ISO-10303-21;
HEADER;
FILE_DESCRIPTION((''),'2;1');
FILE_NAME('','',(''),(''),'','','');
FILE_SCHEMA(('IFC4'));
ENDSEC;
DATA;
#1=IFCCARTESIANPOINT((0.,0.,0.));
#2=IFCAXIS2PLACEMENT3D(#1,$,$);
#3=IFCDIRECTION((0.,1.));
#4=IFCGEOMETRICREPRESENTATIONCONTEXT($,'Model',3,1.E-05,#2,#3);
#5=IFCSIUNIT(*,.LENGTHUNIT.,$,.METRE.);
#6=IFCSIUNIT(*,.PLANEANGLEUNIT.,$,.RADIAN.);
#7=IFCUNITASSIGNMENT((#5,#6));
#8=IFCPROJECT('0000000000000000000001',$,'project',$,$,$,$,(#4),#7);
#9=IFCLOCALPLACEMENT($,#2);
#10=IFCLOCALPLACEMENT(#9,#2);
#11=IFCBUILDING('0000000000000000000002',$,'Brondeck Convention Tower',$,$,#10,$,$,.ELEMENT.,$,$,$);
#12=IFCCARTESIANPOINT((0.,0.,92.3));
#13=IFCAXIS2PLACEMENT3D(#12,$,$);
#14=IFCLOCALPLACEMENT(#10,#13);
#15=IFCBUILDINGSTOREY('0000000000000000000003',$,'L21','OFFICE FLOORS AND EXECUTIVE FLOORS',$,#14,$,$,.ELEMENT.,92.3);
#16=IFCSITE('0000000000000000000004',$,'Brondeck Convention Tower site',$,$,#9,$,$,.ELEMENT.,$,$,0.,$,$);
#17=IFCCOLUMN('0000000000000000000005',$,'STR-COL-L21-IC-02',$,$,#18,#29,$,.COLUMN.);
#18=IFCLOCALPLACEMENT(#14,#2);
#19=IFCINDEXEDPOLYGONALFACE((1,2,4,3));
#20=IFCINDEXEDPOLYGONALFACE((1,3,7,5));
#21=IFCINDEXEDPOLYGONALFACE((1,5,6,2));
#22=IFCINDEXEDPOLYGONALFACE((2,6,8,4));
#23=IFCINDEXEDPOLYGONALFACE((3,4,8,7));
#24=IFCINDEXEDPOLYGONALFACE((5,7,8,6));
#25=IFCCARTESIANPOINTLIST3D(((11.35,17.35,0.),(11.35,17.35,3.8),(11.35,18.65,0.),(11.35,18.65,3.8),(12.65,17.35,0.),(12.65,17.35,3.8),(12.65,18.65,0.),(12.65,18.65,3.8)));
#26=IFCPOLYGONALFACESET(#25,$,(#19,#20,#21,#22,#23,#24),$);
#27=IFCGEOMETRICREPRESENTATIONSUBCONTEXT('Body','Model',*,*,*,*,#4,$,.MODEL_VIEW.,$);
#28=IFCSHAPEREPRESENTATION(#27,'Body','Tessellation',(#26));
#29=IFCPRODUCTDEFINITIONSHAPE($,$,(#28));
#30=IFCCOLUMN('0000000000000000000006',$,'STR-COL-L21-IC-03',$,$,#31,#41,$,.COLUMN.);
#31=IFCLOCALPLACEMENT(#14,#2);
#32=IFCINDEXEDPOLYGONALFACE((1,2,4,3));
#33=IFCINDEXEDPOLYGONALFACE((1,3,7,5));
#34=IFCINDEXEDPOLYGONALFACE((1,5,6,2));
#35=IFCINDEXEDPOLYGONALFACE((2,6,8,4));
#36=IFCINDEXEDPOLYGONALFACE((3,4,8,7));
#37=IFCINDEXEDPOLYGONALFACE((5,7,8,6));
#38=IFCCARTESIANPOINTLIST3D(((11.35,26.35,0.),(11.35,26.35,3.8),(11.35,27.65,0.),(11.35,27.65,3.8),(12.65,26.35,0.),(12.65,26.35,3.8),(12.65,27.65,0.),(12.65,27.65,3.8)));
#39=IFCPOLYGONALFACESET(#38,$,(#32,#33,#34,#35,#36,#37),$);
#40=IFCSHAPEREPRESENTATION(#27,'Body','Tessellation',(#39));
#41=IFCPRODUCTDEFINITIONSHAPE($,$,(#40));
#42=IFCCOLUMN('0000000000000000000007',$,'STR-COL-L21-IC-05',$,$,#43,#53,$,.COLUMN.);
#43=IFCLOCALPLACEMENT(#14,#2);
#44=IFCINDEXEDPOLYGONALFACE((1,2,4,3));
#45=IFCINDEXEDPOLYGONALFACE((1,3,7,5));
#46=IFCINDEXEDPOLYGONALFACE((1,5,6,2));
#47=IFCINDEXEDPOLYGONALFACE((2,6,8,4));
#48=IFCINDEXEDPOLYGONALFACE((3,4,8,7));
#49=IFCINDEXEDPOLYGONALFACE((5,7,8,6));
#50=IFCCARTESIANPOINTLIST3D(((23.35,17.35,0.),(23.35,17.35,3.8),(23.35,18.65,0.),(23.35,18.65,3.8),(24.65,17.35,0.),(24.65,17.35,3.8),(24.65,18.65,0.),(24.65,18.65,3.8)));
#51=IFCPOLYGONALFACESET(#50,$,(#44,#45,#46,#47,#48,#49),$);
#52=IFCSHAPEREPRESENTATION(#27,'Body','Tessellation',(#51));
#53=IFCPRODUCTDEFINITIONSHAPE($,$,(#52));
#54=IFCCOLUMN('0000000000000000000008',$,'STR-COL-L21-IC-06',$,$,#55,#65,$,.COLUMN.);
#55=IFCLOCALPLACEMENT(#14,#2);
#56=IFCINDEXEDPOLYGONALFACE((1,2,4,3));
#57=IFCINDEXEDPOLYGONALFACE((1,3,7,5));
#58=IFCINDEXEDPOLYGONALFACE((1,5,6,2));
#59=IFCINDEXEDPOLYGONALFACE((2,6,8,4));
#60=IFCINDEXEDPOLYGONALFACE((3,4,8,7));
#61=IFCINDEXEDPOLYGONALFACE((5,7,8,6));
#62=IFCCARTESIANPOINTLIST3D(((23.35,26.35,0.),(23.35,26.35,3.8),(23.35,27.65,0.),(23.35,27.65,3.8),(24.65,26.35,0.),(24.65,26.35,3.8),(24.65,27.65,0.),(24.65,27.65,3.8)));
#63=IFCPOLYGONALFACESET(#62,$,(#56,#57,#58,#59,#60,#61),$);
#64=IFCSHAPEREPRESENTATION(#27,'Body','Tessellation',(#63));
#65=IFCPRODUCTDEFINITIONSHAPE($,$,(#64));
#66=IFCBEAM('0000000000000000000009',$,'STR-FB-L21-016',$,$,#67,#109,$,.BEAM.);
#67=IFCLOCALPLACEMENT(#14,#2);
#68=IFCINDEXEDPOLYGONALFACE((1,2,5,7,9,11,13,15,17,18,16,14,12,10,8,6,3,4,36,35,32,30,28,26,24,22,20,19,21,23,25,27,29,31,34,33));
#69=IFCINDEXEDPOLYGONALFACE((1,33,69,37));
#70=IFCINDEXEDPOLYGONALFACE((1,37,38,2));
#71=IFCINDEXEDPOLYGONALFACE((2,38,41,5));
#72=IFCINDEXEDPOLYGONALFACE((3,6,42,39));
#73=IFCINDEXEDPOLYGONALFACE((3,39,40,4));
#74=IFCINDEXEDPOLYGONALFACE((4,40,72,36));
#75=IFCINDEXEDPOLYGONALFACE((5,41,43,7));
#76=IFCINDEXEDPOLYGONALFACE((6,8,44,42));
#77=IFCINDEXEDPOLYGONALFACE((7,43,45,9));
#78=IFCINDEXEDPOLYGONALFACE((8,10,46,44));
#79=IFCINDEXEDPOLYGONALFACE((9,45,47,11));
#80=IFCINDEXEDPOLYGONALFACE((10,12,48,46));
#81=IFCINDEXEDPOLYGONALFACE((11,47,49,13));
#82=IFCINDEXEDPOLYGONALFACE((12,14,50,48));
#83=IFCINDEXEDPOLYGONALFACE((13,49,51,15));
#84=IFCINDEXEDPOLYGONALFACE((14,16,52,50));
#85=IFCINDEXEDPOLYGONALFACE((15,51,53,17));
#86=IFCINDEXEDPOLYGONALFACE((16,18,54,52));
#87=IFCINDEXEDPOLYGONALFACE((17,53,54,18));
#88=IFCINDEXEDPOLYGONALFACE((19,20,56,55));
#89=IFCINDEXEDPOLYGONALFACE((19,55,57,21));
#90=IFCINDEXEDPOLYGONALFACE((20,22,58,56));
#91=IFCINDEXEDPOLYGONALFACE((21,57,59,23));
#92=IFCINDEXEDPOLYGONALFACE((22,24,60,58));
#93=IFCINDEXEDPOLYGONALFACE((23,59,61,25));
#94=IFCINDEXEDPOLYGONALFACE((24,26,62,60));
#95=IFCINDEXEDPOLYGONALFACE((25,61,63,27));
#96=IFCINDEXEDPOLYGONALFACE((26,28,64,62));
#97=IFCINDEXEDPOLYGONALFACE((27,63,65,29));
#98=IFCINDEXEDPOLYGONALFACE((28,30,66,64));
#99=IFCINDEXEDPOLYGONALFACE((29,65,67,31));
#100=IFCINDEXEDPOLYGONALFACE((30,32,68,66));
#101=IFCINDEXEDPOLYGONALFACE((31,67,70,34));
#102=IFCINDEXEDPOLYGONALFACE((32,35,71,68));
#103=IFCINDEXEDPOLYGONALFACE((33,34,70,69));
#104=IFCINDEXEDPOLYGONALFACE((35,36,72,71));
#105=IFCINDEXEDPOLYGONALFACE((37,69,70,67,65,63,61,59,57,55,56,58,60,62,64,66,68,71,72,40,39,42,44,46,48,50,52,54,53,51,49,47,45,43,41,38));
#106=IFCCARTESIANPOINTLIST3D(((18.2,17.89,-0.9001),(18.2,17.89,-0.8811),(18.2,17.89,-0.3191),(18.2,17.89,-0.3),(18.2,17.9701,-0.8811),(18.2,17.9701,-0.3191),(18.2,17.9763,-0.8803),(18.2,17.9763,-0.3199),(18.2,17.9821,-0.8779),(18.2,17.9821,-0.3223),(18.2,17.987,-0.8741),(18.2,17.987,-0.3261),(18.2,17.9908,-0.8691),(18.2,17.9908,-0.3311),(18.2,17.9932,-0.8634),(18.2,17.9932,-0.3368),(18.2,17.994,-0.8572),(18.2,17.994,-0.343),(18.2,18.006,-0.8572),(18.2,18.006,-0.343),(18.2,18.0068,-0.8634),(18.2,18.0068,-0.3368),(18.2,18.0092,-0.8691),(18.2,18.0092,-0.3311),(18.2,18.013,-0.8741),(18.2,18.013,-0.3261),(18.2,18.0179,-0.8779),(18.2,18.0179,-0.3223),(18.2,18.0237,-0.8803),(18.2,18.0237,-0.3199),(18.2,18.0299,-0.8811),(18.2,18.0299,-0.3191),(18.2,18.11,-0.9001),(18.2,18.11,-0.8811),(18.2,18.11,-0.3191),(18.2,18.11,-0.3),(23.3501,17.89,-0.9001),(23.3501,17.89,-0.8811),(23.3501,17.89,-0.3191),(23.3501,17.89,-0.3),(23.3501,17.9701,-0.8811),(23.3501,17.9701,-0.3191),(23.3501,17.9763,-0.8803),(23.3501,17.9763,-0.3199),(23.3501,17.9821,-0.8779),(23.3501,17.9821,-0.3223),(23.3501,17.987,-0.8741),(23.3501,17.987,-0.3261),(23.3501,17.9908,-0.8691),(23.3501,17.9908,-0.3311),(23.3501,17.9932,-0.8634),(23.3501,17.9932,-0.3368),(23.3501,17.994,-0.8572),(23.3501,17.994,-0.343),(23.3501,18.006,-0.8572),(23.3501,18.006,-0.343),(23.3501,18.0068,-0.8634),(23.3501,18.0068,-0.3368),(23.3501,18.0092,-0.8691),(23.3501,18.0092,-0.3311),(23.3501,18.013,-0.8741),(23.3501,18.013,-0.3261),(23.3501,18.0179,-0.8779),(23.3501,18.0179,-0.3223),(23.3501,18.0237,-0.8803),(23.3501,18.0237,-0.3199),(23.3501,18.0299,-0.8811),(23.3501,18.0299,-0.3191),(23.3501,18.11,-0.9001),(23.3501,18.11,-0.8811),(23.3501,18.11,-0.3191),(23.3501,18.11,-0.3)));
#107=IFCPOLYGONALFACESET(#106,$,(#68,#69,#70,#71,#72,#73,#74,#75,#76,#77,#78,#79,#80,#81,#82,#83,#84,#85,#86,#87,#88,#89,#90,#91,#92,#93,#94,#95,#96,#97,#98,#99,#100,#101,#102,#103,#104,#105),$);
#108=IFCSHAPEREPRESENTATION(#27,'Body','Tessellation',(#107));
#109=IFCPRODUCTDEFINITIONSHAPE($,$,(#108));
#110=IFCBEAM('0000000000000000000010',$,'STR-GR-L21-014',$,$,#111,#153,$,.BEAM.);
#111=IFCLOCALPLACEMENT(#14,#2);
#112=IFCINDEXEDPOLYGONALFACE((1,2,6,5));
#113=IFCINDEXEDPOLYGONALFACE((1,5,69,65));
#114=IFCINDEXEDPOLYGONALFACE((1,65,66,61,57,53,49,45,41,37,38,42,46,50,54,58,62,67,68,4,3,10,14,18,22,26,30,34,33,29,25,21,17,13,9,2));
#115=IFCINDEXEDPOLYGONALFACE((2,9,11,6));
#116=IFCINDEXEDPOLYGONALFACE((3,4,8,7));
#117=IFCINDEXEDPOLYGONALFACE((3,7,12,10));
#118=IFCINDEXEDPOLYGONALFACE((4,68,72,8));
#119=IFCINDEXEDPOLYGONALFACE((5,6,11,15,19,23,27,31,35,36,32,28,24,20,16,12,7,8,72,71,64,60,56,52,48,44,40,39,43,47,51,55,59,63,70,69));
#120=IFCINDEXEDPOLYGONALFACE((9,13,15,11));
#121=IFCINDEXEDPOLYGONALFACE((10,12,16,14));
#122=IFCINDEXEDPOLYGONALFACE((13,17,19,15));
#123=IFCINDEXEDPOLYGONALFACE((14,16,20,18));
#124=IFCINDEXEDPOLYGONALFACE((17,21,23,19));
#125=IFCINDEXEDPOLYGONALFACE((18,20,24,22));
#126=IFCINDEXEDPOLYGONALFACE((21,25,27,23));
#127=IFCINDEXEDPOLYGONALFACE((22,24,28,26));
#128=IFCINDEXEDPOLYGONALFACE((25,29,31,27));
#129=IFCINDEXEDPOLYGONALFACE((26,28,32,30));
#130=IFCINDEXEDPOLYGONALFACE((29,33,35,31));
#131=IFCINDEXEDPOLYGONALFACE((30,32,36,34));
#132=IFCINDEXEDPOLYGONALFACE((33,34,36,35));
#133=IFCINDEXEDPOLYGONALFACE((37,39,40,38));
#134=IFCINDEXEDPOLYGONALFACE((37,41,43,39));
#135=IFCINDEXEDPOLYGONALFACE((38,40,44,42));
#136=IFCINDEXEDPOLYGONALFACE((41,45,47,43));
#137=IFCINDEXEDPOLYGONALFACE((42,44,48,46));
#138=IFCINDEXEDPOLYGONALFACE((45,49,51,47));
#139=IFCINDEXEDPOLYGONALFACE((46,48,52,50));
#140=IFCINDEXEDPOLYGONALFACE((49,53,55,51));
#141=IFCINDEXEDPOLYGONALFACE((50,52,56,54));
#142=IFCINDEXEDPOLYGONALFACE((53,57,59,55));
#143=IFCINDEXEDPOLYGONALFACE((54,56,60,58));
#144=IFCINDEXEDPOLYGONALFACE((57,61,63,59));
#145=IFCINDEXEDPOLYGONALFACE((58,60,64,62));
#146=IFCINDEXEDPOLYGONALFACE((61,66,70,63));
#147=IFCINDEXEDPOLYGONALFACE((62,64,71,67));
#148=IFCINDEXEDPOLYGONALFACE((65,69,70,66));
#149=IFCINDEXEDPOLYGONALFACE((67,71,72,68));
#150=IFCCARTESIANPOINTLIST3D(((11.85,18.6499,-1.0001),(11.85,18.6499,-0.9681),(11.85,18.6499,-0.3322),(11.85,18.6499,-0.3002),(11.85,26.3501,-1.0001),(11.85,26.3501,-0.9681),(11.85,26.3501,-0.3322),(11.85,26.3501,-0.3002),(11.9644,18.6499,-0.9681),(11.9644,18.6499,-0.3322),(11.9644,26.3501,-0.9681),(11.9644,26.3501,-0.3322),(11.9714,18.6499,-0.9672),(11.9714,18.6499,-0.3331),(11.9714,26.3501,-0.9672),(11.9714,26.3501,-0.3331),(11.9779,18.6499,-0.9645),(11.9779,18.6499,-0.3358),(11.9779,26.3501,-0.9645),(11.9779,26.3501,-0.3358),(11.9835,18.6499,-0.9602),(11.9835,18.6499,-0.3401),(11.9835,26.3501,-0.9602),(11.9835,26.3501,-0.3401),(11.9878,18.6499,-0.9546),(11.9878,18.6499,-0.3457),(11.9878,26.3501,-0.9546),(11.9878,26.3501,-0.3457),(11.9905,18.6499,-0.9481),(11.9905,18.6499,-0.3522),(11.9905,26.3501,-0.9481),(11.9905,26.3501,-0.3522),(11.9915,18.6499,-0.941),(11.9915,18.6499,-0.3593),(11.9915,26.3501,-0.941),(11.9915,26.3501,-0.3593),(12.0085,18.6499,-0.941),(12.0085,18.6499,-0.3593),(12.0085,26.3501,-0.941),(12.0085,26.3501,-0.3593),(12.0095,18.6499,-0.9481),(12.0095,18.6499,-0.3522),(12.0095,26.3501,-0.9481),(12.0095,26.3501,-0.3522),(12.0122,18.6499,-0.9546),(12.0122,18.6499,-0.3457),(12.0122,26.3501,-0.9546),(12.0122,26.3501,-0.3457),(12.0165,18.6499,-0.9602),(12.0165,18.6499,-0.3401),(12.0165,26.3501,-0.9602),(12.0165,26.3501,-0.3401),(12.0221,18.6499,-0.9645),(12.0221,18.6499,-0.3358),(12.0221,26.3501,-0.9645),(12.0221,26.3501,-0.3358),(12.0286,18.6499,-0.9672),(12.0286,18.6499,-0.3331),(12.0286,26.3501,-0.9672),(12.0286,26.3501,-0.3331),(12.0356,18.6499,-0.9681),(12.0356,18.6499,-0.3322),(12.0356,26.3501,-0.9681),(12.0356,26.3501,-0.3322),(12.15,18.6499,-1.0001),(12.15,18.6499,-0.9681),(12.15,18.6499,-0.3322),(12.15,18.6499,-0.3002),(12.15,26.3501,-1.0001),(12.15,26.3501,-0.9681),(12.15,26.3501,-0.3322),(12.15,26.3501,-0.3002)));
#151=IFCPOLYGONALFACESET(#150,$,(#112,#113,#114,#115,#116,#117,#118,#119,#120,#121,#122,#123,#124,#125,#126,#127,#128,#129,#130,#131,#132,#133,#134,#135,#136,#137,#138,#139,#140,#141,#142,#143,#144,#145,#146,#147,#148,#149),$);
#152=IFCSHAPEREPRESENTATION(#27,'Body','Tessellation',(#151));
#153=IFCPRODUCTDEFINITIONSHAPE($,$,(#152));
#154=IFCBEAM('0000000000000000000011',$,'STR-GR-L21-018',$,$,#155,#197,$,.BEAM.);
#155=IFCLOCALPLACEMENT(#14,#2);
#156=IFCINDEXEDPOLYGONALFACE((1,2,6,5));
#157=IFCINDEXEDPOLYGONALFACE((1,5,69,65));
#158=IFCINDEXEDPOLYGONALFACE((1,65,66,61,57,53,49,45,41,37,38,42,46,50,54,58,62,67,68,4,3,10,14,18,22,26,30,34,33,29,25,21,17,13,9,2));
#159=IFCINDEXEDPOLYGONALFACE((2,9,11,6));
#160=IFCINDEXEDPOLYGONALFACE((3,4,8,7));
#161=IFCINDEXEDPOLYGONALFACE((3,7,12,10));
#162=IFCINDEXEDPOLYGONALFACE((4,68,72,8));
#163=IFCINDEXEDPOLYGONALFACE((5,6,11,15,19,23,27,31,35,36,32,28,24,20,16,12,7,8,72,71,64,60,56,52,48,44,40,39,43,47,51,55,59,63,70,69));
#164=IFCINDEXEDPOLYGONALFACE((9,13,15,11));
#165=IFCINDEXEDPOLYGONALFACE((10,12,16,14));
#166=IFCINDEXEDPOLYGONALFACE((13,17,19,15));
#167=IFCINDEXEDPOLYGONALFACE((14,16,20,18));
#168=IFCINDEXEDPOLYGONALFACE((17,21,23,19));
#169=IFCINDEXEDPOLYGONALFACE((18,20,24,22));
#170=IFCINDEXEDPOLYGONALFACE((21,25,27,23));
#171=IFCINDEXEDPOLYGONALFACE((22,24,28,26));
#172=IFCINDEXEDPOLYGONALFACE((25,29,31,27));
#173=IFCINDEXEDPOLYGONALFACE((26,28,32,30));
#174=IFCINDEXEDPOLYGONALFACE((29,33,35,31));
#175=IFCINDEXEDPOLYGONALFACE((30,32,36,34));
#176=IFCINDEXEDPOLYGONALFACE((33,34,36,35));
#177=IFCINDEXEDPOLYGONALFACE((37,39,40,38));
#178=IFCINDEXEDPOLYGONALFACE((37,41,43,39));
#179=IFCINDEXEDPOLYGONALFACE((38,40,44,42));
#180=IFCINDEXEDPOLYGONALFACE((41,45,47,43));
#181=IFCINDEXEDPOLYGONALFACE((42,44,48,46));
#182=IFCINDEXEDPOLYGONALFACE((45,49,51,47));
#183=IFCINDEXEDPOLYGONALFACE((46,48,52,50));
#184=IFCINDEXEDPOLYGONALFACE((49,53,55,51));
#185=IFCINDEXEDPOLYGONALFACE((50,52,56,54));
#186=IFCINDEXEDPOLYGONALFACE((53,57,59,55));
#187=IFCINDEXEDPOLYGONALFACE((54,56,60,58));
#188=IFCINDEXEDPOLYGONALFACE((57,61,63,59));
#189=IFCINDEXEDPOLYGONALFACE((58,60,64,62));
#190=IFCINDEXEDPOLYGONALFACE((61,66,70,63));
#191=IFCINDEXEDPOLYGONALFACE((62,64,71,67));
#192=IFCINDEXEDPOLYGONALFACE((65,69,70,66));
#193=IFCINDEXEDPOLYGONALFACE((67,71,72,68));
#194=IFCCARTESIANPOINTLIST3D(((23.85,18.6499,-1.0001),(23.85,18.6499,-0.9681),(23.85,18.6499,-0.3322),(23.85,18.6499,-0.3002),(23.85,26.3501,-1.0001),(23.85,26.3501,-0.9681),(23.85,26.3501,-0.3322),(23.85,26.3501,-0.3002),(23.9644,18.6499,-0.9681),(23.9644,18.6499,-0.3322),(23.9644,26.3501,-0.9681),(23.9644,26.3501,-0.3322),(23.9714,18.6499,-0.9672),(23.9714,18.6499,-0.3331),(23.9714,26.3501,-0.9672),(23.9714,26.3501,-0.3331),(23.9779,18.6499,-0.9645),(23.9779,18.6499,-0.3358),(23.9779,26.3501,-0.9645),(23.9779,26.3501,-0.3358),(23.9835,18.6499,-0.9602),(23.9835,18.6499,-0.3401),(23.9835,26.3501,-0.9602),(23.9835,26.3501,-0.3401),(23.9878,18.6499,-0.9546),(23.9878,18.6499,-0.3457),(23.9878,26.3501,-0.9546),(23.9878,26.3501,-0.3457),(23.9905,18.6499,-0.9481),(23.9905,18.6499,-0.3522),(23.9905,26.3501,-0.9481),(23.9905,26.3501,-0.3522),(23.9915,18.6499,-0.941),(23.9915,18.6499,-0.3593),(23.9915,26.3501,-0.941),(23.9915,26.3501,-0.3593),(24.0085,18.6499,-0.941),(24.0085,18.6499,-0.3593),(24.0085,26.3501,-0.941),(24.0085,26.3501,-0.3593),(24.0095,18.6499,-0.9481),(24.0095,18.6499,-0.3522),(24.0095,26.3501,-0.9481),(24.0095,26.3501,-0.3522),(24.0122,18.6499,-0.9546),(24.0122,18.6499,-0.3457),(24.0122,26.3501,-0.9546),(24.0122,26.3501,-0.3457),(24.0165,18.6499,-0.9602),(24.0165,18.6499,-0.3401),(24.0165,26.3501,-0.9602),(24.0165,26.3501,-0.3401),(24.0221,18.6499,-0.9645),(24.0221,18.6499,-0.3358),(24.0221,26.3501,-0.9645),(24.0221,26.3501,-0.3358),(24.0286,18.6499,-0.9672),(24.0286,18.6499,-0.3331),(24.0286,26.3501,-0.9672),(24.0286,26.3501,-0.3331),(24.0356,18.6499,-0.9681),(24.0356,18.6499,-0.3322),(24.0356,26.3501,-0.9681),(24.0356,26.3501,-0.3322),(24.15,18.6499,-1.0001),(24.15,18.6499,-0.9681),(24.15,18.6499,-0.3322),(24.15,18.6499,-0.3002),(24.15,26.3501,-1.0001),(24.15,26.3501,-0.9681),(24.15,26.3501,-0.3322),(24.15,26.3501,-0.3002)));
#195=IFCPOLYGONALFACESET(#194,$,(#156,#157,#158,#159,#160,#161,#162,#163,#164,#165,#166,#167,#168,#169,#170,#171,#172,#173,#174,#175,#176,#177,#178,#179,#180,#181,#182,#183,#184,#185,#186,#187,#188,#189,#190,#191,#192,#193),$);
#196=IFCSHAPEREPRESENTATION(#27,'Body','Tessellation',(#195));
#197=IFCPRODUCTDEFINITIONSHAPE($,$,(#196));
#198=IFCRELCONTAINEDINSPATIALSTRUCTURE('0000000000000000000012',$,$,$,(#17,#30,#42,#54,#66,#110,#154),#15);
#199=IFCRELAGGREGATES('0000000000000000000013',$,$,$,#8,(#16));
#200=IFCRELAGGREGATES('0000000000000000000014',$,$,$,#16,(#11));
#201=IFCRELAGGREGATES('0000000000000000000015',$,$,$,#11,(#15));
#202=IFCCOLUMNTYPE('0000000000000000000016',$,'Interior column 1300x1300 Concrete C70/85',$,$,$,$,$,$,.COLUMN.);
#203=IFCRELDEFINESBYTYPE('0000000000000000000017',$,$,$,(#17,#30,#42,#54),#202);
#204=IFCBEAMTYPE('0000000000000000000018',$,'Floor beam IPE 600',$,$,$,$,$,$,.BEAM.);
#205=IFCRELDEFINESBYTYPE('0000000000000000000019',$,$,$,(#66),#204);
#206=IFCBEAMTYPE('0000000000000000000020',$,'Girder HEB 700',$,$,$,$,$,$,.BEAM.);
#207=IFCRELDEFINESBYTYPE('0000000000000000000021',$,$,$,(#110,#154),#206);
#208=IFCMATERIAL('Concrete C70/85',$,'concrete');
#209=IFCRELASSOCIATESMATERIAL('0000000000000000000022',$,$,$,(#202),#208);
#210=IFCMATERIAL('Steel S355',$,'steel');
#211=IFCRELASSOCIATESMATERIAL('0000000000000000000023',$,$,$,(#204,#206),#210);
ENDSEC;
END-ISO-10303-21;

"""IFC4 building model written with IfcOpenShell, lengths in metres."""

from ifc_helpers import new_model, si_unit, direction, frame, origin, origin_2d, place, context, subcontext, project, spatial, rectangle, i_section, extrude, material, material_profile, profile_set, type_object, element, save


model = new_model("IFC4")

# Units and contexts
model_context = context("Model", 3, precision=1e-05, world=origin(), true_north=direction((0.0, 1.0)))
body_context = subcontext(model_context, "Body", "Model", "MODEL_VIEW")
ifc_project = project(units=[si_unit("LENGTHUNIT", "METRE"), si_unit("PLANEANGLEUNIT", "RADIAN")], contexts=[model_context])

# Site, building, storey
site_placement = place(None, origin())
site = spatial("IfcSite", under=ifc_project, at=site_placement, Name="Brondeck Convention Tower site", CompositionType="ELEMENT", RefElevation=0.0)
building_placement = place(site_placement, origin())
building = spatial("IfcBuilding", under=site, at=building_placement, Name="Brondeck Convention Tower", CompositionType="ELEMENT")
storey_placement = place(building_placement, frame((0.0, 0.0, 92.3)))
storey = spatial("IfcBuildingStorey", under=building, at=storey_placement, Name="L21", Description="OFFICE FLOORS AND EXECUTIVE FLOORS", CompositionType="ELEMENT", Elevation=92.3)

# Columns
ifc_material_1 = material(Name="Concrete C70/85", Category="concrete")
ifc_material_profile_1 = material_profile(ifc_material_1, rectangle(XDim=1.3, YDim=1.3, at=origin_2d()), Name="Interior column 1300x1300 Concrete C70/85")
ifc_profile_set_1 = profile_set([ifc_material_profile_1], Name="Concrete C70/85")
column_type = type_object("IfcColumnType", Name="Interior column 1300x1300 Concrete C70/85", PredefinedType="COLUMN", material=ifc_profile_set_1)
for number, where, z_axis, x_axis, name in (
    (1, (12.0, 18.0, 0.0), (0.0, 0.0, 1.0), (1.0, 0.0, 0.0), "STR-COL-L21-IC-02"),
    (2, (12.0, 27.0, 0.0), (0.0, 0.0, 1.0), (1.0, 0.0, 0.0), "STR-COL-L21-IC-03"),
    (3, (24.0, 18.0, 0.0), (0.0, 0.0, 1.0), (1.0, 0.0, 0.0), "STR-COL-L21-IC-05"),
    (4, (24.0, 27.0, 0.0), (0.0, 0.0, 1.0), (1.0, 0.0, 0.0), "STR-COL-L21-IC-06"),
):
    element("IfcColumn", number, at=place(storey_placement, frame(where, z_axis=z_axis, x_axis=x_axis)), inside=storey, type_object=column_type, Name=name, PredefinedType="COLUMN", context=body_context, shape_type="SweptSolid", body=[
        extrude(rectangle(XDim=1.3, YDim=1.3, at=origin_2d()), origin(), (0.0, 0.0, 1.0), 3.8),
    ])

# Beams
ifc_material_2 = material(Name="Steel S355", Category="steel")
ifc_material_profile_2 = material_profile(ifc_material_2, i_section(OverallWidth=0.22, OverallDepth=0.6001, WebThickness=0.012, FlangeThickness=0.019, FilletRadius=0.0239, at=origin_2d()), Name="IPE 600")
ifc_profile_set_2 = profile_set([ifc_material_profile_2], Name="Steel S355")
beam_type_1 = type_object("IfcBeamType", Name="Floor beam IPE 600", PredefinedType="BEAM", material=ifc_profile_set_2)
beam_1_placement = place(storey_placement, frame((18.2, 18.0, -0.6001), z_axis=(1.0, 0.0, 0.0), x_axis=(0.0, 1.0, 0.0)))
element("IfcBeam", 5, at=beam_1_placement, inside=storey, type_object=beam_type_1, Name="STR-FB-L21-016", PredefinedType="BEAM", context=body_context, shape_type="SweptSolid", body=[
    extrude(i_section(OverallWidth=0.22, OverallDepth=0.6001, WebThickness=0.012, FlangeThickness=0.019, FilletRadius=0.0239, at=origin_2d()), origin(), (0.0, 0.0, 1.0), 5.1501),
])
ifc_material_profile_3 = material_profile(ifc_material_2, i_section(OverallWidth=0.3, OverallDepth=0.7, WebThickness=0.0171, FlangeThickness=0.032, FilletRadius=0.0271, at=origin_2d()), Name="HEB 700")
ifc_profile_set_3 = profile_set([ifc_material_profile_3], Name="Steel S355")
beam_type_2 = type_object("IfcBeamType", Name="Girder HEB 700", PredefinedType="BEAM", material=ifc_profile_set_3)
for number, where, z_axis, x_axis, name in (
    (6, (12.0, 26.3501, -0.6501), (0.0, -1.0, 0.0), (1.0, 0.0, 0.0), "STR-GR-L21-014"),
    (7, (24.0, 26.3501, -0.6501), (0.0, -1.0, 0.0), (1.0, 0.0, 0.0), "STR-GR-L21-018"),
):
    element("IfcBeam", number, at=place(storey_placement, frame(where, z_axis=z_axis, x_axis=x_axis)), inside=storey, type_object=beam_type_2, Name=name, PredefinedType="BEAM", context=body_context, shape_type="SweptSolid", body=[
        extrude(i_section(OverallWidth=0.3, OverallDepth=0.7, WebThickness=0.0171, FlangeThickness=0.032, FilletRadius=0.0271, at=origin_2d()), origin(), (0.0, 0.0, 1.0), 7.7002),
    ])

save(model, "model.ifc")
